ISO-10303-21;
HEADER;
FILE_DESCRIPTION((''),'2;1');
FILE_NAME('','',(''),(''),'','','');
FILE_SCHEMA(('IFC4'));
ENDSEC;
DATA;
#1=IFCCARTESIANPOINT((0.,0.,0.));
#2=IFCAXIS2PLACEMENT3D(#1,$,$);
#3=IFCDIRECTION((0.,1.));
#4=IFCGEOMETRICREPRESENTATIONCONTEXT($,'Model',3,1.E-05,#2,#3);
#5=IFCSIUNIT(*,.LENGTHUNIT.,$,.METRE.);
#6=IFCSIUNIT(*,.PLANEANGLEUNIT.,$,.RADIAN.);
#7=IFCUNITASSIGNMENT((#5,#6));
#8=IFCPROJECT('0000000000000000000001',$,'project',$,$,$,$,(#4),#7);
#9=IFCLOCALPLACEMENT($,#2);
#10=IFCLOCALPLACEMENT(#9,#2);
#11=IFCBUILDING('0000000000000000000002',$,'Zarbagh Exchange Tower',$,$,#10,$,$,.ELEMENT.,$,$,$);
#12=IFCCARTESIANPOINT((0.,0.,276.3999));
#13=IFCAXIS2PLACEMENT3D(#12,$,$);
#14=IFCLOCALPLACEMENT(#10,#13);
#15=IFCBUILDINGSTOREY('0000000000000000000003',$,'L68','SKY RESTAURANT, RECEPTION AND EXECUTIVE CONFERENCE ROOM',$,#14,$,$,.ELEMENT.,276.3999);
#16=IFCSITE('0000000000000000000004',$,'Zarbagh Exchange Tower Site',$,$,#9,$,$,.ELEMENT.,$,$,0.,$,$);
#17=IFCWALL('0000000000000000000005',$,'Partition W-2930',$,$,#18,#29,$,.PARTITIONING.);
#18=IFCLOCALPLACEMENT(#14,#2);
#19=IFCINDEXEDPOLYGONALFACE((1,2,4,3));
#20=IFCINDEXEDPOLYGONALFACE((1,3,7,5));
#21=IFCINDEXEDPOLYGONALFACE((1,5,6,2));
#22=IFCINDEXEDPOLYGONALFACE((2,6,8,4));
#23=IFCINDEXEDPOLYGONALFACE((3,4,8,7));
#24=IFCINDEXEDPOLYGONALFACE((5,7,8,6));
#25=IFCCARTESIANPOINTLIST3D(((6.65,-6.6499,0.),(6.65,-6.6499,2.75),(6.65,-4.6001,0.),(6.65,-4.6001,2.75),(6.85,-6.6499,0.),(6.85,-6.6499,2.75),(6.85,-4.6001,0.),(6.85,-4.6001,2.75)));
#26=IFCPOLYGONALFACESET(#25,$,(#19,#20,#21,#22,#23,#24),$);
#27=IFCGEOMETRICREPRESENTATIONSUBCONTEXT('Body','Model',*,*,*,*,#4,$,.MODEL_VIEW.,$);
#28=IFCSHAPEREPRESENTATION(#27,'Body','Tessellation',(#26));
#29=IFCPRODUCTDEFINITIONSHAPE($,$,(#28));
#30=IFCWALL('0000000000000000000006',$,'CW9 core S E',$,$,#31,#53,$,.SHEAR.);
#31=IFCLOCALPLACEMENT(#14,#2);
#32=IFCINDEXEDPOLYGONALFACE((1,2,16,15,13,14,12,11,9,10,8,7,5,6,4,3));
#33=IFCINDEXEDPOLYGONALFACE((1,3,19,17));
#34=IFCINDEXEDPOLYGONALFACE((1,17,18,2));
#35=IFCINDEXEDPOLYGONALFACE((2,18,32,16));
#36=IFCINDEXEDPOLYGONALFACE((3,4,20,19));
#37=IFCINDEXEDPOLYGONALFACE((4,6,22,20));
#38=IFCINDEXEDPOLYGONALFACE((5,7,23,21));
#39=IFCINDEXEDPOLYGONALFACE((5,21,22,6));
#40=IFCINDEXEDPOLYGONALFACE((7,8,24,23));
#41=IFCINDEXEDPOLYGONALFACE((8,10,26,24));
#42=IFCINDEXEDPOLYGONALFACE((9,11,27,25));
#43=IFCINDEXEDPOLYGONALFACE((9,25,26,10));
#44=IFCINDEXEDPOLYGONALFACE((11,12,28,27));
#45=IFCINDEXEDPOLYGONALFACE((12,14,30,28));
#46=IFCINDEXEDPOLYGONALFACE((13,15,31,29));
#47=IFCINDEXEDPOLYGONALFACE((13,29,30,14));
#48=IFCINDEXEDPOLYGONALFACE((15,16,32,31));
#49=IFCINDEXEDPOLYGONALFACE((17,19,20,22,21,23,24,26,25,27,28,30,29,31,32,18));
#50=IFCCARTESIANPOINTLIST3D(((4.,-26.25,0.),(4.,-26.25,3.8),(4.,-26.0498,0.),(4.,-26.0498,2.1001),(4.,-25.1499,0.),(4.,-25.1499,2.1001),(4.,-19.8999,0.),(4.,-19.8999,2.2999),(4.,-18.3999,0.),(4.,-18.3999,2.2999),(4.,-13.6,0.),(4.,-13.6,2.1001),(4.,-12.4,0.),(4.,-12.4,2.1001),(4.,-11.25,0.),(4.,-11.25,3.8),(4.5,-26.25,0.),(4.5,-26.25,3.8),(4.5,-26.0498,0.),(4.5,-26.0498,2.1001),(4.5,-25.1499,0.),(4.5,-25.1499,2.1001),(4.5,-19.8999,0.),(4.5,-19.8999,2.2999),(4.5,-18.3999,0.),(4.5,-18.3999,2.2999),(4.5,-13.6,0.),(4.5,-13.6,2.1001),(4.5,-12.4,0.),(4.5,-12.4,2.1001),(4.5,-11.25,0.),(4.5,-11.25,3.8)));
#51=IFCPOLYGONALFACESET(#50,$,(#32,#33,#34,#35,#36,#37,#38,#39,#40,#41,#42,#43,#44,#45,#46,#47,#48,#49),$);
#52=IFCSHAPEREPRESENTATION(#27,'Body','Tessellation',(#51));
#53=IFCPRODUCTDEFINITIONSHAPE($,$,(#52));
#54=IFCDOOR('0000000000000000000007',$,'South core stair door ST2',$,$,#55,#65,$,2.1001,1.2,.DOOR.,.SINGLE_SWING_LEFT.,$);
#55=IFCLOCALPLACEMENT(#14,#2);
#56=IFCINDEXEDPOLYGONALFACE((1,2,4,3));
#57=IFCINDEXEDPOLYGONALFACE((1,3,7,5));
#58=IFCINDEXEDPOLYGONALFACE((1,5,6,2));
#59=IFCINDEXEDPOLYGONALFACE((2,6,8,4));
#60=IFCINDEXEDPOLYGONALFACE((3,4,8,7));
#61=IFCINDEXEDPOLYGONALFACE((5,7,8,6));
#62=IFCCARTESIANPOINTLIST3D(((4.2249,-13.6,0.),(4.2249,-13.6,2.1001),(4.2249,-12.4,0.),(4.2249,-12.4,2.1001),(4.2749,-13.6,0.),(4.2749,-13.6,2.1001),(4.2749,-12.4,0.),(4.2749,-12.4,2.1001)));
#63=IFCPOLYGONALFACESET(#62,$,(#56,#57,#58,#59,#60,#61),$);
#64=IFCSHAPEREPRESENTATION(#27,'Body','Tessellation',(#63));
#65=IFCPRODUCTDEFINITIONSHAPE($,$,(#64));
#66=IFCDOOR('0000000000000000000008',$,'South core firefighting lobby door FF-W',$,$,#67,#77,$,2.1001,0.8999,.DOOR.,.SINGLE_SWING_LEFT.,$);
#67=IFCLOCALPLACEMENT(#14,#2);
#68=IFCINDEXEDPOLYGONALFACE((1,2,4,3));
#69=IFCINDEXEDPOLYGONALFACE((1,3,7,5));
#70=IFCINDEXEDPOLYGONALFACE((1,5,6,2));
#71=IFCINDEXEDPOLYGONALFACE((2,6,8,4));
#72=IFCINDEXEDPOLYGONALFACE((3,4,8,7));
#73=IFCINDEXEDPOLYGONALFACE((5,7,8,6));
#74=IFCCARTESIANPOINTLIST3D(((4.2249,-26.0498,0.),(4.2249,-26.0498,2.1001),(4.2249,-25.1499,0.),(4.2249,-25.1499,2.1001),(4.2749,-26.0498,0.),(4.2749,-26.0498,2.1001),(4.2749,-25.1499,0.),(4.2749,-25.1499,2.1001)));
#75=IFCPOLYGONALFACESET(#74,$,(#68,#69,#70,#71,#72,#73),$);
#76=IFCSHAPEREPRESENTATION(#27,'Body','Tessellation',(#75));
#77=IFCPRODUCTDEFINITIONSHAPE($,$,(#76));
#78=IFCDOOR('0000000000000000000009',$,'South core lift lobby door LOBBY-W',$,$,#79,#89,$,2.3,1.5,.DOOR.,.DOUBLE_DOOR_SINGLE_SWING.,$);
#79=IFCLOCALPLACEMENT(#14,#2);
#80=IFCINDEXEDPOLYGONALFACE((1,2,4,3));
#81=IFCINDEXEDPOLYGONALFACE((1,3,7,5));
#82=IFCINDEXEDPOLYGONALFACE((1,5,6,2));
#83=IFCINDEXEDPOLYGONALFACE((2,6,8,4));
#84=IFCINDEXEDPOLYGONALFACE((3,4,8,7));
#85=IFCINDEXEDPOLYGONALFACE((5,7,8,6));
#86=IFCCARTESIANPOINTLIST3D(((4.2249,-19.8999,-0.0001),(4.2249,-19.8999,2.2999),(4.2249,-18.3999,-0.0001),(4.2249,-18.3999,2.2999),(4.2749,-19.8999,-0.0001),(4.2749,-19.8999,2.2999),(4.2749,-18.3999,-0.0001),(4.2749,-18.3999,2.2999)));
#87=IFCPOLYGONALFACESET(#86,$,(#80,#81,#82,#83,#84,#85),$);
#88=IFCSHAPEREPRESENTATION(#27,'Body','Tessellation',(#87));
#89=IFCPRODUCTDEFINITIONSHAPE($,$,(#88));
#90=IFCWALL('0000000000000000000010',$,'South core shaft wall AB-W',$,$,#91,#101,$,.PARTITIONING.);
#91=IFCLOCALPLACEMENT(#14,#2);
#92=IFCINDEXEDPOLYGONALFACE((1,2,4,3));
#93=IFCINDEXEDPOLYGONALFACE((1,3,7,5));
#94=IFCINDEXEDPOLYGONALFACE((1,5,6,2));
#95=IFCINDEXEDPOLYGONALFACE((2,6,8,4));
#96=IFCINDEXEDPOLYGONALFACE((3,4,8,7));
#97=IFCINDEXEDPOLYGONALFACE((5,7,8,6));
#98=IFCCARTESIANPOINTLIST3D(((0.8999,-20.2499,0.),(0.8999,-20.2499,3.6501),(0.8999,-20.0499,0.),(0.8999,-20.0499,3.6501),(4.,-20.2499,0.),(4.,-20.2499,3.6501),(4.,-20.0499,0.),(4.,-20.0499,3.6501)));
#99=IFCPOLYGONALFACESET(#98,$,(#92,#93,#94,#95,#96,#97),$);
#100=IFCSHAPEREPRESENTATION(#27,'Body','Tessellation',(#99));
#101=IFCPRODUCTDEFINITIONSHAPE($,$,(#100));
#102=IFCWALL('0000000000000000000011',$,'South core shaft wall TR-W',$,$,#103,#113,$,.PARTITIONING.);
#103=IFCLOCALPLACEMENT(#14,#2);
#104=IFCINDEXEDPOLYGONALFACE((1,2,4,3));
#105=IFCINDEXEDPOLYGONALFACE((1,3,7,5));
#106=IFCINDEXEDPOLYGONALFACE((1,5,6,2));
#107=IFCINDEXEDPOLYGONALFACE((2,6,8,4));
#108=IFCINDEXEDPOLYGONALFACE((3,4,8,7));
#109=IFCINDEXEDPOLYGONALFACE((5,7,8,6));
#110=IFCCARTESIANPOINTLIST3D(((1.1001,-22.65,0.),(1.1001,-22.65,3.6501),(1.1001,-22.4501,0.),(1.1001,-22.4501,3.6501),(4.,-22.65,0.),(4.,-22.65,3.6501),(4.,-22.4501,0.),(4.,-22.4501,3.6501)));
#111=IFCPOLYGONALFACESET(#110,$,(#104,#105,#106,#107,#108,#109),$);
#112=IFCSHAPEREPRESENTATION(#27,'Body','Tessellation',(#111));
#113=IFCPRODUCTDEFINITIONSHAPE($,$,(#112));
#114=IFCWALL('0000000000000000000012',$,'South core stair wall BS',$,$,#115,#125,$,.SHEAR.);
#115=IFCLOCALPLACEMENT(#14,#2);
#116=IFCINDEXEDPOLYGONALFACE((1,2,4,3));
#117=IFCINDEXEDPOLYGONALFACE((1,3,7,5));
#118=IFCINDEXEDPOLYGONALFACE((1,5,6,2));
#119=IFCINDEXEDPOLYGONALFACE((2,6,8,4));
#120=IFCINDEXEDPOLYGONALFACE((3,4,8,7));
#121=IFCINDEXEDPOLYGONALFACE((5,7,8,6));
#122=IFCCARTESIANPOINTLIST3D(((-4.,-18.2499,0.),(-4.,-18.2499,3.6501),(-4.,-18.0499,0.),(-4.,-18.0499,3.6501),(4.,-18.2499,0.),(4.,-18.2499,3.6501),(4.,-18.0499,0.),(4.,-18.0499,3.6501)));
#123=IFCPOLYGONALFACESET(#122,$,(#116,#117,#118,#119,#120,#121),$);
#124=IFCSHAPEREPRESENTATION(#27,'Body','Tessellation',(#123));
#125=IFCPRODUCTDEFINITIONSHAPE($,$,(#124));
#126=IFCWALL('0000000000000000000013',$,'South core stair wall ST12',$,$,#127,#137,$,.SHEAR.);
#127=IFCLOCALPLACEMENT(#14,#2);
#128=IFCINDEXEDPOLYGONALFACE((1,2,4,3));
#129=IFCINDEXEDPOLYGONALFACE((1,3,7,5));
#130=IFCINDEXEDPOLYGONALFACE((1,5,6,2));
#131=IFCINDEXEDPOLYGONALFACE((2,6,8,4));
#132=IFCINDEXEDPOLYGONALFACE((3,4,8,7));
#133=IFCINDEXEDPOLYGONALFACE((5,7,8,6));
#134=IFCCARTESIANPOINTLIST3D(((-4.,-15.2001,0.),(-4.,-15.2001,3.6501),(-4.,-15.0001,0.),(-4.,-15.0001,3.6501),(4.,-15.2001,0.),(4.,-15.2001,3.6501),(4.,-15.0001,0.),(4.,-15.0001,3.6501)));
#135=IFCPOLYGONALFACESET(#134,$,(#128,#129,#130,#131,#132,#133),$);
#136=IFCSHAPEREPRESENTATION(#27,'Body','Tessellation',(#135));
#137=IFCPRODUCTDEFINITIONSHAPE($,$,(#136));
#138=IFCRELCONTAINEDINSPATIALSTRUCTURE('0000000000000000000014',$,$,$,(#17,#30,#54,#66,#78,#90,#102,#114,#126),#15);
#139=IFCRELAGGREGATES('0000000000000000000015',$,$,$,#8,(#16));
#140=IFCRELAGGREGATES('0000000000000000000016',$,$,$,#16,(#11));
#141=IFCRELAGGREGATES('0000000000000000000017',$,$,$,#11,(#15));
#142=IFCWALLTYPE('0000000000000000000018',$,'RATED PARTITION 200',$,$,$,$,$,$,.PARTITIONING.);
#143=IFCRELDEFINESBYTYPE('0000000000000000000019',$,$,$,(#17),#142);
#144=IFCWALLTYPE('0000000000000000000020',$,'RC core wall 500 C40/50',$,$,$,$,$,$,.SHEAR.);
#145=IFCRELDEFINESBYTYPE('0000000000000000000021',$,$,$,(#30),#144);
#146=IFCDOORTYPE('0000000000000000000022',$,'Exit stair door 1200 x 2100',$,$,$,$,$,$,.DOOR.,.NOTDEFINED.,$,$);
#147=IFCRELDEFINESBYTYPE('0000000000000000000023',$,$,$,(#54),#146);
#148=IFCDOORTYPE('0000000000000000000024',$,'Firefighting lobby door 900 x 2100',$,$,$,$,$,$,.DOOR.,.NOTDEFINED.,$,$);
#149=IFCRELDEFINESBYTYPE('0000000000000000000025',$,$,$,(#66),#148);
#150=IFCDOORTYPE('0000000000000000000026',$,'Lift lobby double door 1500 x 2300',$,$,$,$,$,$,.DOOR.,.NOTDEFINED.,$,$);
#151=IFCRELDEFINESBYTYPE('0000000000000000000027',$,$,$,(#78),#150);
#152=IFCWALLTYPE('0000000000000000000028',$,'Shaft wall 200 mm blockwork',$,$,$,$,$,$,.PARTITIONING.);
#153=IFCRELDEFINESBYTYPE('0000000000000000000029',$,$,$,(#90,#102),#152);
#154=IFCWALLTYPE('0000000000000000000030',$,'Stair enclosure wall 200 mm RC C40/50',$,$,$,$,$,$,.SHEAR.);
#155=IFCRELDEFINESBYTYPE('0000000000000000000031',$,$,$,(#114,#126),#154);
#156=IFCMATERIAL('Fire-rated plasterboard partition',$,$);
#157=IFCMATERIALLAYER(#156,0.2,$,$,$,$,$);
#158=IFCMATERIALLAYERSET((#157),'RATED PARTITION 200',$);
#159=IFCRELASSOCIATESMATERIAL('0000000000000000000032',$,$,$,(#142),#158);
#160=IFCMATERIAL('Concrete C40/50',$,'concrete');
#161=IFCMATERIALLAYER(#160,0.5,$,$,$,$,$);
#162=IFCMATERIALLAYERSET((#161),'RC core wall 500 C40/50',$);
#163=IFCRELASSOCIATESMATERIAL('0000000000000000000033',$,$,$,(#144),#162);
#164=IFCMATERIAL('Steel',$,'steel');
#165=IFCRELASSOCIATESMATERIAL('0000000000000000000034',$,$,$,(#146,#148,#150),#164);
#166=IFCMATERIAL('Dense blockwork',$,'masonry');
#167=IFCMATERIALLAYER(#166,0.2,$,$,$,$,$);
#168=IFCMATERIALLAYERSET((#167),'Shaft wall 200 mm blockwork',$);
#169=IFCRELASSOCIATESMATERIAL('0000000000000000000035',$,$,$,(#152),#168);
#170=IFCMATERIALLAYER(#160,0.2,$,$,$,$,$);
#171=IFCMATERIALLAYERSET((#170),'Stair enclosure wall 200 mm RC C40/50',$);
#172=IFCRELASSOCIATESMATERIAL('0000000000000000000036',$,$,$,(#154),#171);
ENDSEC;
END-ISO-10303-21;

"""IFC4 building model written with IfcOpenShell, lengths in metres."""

from ifc_helpers import new_model, si_unit, direction, frame, frame_2d, origin, place, context, subcontext, project, spatial, rectangle, extrude, material, layer, layer_set, type_object, element, fill, save


model = new_model("IFC4")

# Units and contexts
model_context = context("Model", 3, precision=1e-05, world=origin(), true_north=direction((0.0, 1.0)))
body_context = subcontext(model_context, "Body", "Model", "MODEL_VIEW")
ifc_project = project(units=[si_unit("LENGTHUNIT", "METRE"), si_unit("PLANEANGLEUNIT", "RADIAN")], contexts=[model_context])

# Site, building, storey
site_placement = place(None, origin())
site = spatial("IfcSite", under=ifc_project, at=site_placement, Name="Zarbagh Exchange Tower Site", CompositionType="ELEMENT", RefElevation=0.0)
building_placement = place(site_placement, origin())
building = spatial("IfcBuilding", under=site, at=building_placement, Name="Zarbagh Exchange Tower", CompositionType="ELEMENT")
storey_placement = place(building_placement, frame((0.0, 0.0, 276.3999)))
storey = spatial("IfcBuildingStorey", under=building, at=storey_placement, Name="L68", Description="SKY RESTAURANT, RECEPTION AND EXECUTIVE CONFERENCE ROOM", CompositionType="ELEMENT", Elevation=276.3999)

# Shared definitions
ifc_material_1 = material(Name="Concrete C40/50", Category="concrete")

# Wall
ifc_material_2 = material(Name="Fire-rated plasterboard partition")
ifc_layer_1 = layer(ifc_material_2, 0.2)
ifc_layer_set_1 = layer_set([ifc_layer_1], Name="RATED PARTITION 200")
wall_type_1 = type_object("IfcWallType", Name="RATED PARTITION 200", PredefinedType="PARTITIONING", material=ifc_layer_set_1)
wall_1_placement = place(storey_placement, frame((6.75, -6.6499, 0.0), z_axis=(0.0, 0.0, 1.0), x_axis=(0.0, 1.0, 0.0)))
element("IfcWall", 1, at=wall_1_placement, inside=storey, type_object=wall_type_1, Name="Partition W-2930", PredefinedType="PARTITIONING", context=body_context, shape_type="SweptSolid", body=[
    extrude(rectangle(XDim=2.0498, YDim=0.2, at=frame_2d((1.0249, 0.0))), origin(), (0.0, 0.0, 1.0), 2.75),
])

# Wall, openings, doors
ifc_layer_2 = layer(ifc_material_1, 0.5)
ifc_layer_set_2 = layer_set([ifc_layer_2], Name="RC core wall 500 C40/50")
wall_type_2 = type_object("IfcWallType", Name="RC core wall 500 C40/50", PredefinedType="SHEAR", material=ifc_layer_set_2)
wall_2_placement = place(storey_placement, frame((4.25, -11.25, 0.0), z_axis=(0.0, 0.0, 1.0), x_axis=(0.0, -1.0, 0.0)))
wall_2 = element("IfcWall", 2, at=wall_2_placement, inside=storey, type_object=wall_type_2, Name="CW9 core S E", PredefinedType="SHEAR", context=body_context, shape_type="SweptSolid", body=[
    extrude(rectangle(XDim=15.0, YDim=0.5, at=frame_2d((7.5, 0.0))), origin(), (0.0, 0.0, 1.0), 3.8),
])
opening_1_placement = place(wall_2_placement, frame((7.1499, 0.0, 0.0)))
opening_1 = element("IfcOpeningElement", 3, at=opening_1_placement, cuts=wall_2, PredefinedType="OPENING", context=body_context, shape_type="SweptSolid", body=[
    extrude(rectangle(XDim=1.5, YDim=2.3, at=frame_2d((0.75, 1.1499))), frame((0.0, 0.26, 0.0), z_axis=(0.0, -1.0, 0.0), x_axis=(1.0, 0.0, 0.0)), (0.0, 0.0, 1.0), 0.52),
])
opening_2_placement = place(wall_2_placement, frame((13.8999, 0.0, 0.0)))
opening_2 = element("IfcOpeningElement", 4, at=opening_2_placement, cuts=wall_2, PredefinedType="OPENING", context=body_context, shape_type="SweptSolid", body=[
    extrude(rectangle(XDim=0.8999, YDim=2.1001, at=frame_2d((0.45, 1.05))), frame((0.0, 0.26, 0.0), z_axis=(0.0, -1.0, 0.0), x_axis=(1.0, 0.0, 0.0)), (0.0, 0.0, 1.0), 0.52),
])
opening_3_placement = place(wall_2_placement, frame((1.1499, 0.0, 0.0)))
opening_3 = element("IfcOpeningElement", 5, at=opening_3_placement, cuts=wall_2, PredefinedType="OPENING", context=body_context, shape_type="SweptSolid", body=[
    extrude(rectangle(XDim=1.2, YDim=2.1001, at=frame_2d((0.6001, 1.05))), frame((0.0, 0.26, 0.0), z_axis=(0.0, -1.0, 0.0), x_axis=(1.0, 0.0, 0.0)), (0.0, 0.0, 1.0), 0.52),
])
ifc_material_3 = material(Name="Steel", Category="steel")
door_type_1 = type_object("IfcDoorType", Name="Exit stair door 1200 x 2100", OperationType="NOTDEFINED", PredefinedType="DOOR", material=ifc_material_3)
door_1_placement = place(opening_3_placement, origin())
door_1 = element("IfcDoor", 6, at=door_1_placement, inside=storey, type_object=door_type_1, Name="South core stair door ST2", OperationType="SINGLE_SWING_LEFT", OverallHeight=2.1001, OverallWidth=1.2, PredefinedType="DOOR", context=body_context, shape_type="SweptSolid", body=[
    extrude(rectangle(XDim=1.2, YDim=2.1001, at=frame_2d((0.6001, 1.05))), frame((0.0, 0.0249, 0.0), z_axis=(0.0, -1.0, 0.0), x_axis=(1.0, 0.0, 0.0)), (0.0, 0.0, 1.0), 0.05),
])
fill(opening_3, door_1)
door_type_2 = type_object("IfcDoorType", Name="Firefighting lobby door 900 x 2100", OperationType="NOTDEFINED", PredefinedType="DOOR", material=ifc_material_3)
door_2_placement = place(opening_2_placement, origin())
door_2 = element("IfcDoor", 7, at=door_2_placement, inside=storey, type_object=door_type_2, Name="South core firefighting lobby door FF-W", OperationType="SINGLE_SWING_LEFT", OverallHeight=2.1001, OverallWidth=0.8999, PredefinedType="DOOR", context=body_context, shape_type="SweptSolid", body=[
    extrude(rectangle(XDim=0.8999, YDim=2.1001, at=frame_2d((0.45, 1.05))), frame((0.0, 0.0249, 0.0), z_axis=(0.0, -1.0, 0.0), x_axis=(1.0, 0.0, 0.0)), (0.0, 0.0, 1.0), 0.05),
])
fill(opening_2, door_2)
door_type_3 = type_object("IfcDoorType", Name="Lift lobby double door 1500 x 2300", OperationType="NOTDEFINED", PredefinedType="DOOR", material=ifc_material_3)
door_3_placement = place(opening_1_placement, origin())
door_3 = element("IfcDoor", 8, at=door_3_placement, inside=storey, type_object=door_type_3, Name="South core lift lobby door LOBBY-W", OperationType="DOUBLE_DOOR_SINGLE_SWING", OverallHeight=2.3, OverallWidth=1.5, PredefinedType="DOOR", context=body_context, shape_type="SweptSolid", body=[
    extrude(rectangle(XDim=1.5, YDim=2.3, at=frame_2d((0.75, 1.1499))), frame((0.0, 0.0249, 0.0), z_axis=(0.0, -1.0, 0.0), x_axis=(1.0, 0.0, 0.0)), (0.0, 0.0, 1.0), 0.05),
])
fill(opening_1, door_3)

# Walls
ifc_material_4 = material(Name="Dense blockwork", Category="masonry")
ifc_layer_3 = layer(ifc_material_4, 0.2)
ifc_layer_set_3 = layer_set([ifc_layer_3], Name="Shaft wall 200 mm blockwork")
wall_type_3 = type_object("IfcWallType", Name="Shaft wall 200 mm blockwork", PredefinedType="PARTITIONING", material=ifc_layer_set_3)
wall_3_placement = place(storey_placement, frame((4.0, -20.1499, 0.0), z_axis=(0.0, 0.0, 1.0), x_axis=(-1.0, 0.0, 0.0)))
element("IfcWall", 9, at=wall_3_placement, inside=storey, type_object=wall_type_3, Name="South core shaft wall AB-W", PredefinedType="PARTITIONING", context=body_context, shape_type="SweptSolid", body=[
    extrude(rectangle(XDim=3.1001, YDim=0.2, at=frame_2d((1.55, 0.0))), origin(), (0.0, 0.0, 1.0), 3.6501),
])
wall_4_placement = place(storey_placement, frame((4.0, -22.55, 0.0), z_axis=(0.0, 0.0, 1.0), x_axis=(-1.0, 0.0, 0.0)))
element("IfcWall", 10, at=wall_4_placement, inside=storey, type_object=wall_type_3, Name="South core shaft wall TR-W", PredefinedType="PARTITIONING", context=body_context, shape_type="SweptSolid", body=[
    extrude(rectangle(XDim=2.8999, YDim=0.2, at=frame_2d((1.45, 0.0))), origin(), (0.0, 0.0, 1.0), 3.6501),
])
ifc_layer_4 = layer(ifc_material_1, 0.2)
ifc_layer_set_4 = layer_set([ifc_layer_4], Name="Stair enclosure wall 200 mm RC C40/50")
wall_type_4 = type_object("IfcWallType", Name="Stair enclosure wall 200 mm RC C40/50", PredefinedType="SHEAR", material=ifc_layer_set_4)
for number, where, z_axis, x_axis, name in (
    (11, (4.0, -18.1499, 0.0), (0.0, 0.0, 1.0), (-1.0, 0.0, 0.0), "South core stair wall BS"),
    (12, (4.0, -15.1001, 0.0), (0.0, 0.0, 1.0), (-1.0, 0.0, 0.0), "South core stair wall ST12"),
):
    element("IfcWall", number, at=place(storey_placement, frame(where, z_axis=z_axis, x_axis=x_axis)), inside=storey, type_object=wall_type_4, Name=name, PredefinedType="SHEAR", context=body_context, shape_type="SweptSolid", body=[
        extrude(rectangle(XDim=8.0, YDim=0.2, at=frame_2d((4.0, 0.0))), origin(), (0.0, 0.0, 1.0), 3.6501),
    ])

save(model, "model.ifc")
